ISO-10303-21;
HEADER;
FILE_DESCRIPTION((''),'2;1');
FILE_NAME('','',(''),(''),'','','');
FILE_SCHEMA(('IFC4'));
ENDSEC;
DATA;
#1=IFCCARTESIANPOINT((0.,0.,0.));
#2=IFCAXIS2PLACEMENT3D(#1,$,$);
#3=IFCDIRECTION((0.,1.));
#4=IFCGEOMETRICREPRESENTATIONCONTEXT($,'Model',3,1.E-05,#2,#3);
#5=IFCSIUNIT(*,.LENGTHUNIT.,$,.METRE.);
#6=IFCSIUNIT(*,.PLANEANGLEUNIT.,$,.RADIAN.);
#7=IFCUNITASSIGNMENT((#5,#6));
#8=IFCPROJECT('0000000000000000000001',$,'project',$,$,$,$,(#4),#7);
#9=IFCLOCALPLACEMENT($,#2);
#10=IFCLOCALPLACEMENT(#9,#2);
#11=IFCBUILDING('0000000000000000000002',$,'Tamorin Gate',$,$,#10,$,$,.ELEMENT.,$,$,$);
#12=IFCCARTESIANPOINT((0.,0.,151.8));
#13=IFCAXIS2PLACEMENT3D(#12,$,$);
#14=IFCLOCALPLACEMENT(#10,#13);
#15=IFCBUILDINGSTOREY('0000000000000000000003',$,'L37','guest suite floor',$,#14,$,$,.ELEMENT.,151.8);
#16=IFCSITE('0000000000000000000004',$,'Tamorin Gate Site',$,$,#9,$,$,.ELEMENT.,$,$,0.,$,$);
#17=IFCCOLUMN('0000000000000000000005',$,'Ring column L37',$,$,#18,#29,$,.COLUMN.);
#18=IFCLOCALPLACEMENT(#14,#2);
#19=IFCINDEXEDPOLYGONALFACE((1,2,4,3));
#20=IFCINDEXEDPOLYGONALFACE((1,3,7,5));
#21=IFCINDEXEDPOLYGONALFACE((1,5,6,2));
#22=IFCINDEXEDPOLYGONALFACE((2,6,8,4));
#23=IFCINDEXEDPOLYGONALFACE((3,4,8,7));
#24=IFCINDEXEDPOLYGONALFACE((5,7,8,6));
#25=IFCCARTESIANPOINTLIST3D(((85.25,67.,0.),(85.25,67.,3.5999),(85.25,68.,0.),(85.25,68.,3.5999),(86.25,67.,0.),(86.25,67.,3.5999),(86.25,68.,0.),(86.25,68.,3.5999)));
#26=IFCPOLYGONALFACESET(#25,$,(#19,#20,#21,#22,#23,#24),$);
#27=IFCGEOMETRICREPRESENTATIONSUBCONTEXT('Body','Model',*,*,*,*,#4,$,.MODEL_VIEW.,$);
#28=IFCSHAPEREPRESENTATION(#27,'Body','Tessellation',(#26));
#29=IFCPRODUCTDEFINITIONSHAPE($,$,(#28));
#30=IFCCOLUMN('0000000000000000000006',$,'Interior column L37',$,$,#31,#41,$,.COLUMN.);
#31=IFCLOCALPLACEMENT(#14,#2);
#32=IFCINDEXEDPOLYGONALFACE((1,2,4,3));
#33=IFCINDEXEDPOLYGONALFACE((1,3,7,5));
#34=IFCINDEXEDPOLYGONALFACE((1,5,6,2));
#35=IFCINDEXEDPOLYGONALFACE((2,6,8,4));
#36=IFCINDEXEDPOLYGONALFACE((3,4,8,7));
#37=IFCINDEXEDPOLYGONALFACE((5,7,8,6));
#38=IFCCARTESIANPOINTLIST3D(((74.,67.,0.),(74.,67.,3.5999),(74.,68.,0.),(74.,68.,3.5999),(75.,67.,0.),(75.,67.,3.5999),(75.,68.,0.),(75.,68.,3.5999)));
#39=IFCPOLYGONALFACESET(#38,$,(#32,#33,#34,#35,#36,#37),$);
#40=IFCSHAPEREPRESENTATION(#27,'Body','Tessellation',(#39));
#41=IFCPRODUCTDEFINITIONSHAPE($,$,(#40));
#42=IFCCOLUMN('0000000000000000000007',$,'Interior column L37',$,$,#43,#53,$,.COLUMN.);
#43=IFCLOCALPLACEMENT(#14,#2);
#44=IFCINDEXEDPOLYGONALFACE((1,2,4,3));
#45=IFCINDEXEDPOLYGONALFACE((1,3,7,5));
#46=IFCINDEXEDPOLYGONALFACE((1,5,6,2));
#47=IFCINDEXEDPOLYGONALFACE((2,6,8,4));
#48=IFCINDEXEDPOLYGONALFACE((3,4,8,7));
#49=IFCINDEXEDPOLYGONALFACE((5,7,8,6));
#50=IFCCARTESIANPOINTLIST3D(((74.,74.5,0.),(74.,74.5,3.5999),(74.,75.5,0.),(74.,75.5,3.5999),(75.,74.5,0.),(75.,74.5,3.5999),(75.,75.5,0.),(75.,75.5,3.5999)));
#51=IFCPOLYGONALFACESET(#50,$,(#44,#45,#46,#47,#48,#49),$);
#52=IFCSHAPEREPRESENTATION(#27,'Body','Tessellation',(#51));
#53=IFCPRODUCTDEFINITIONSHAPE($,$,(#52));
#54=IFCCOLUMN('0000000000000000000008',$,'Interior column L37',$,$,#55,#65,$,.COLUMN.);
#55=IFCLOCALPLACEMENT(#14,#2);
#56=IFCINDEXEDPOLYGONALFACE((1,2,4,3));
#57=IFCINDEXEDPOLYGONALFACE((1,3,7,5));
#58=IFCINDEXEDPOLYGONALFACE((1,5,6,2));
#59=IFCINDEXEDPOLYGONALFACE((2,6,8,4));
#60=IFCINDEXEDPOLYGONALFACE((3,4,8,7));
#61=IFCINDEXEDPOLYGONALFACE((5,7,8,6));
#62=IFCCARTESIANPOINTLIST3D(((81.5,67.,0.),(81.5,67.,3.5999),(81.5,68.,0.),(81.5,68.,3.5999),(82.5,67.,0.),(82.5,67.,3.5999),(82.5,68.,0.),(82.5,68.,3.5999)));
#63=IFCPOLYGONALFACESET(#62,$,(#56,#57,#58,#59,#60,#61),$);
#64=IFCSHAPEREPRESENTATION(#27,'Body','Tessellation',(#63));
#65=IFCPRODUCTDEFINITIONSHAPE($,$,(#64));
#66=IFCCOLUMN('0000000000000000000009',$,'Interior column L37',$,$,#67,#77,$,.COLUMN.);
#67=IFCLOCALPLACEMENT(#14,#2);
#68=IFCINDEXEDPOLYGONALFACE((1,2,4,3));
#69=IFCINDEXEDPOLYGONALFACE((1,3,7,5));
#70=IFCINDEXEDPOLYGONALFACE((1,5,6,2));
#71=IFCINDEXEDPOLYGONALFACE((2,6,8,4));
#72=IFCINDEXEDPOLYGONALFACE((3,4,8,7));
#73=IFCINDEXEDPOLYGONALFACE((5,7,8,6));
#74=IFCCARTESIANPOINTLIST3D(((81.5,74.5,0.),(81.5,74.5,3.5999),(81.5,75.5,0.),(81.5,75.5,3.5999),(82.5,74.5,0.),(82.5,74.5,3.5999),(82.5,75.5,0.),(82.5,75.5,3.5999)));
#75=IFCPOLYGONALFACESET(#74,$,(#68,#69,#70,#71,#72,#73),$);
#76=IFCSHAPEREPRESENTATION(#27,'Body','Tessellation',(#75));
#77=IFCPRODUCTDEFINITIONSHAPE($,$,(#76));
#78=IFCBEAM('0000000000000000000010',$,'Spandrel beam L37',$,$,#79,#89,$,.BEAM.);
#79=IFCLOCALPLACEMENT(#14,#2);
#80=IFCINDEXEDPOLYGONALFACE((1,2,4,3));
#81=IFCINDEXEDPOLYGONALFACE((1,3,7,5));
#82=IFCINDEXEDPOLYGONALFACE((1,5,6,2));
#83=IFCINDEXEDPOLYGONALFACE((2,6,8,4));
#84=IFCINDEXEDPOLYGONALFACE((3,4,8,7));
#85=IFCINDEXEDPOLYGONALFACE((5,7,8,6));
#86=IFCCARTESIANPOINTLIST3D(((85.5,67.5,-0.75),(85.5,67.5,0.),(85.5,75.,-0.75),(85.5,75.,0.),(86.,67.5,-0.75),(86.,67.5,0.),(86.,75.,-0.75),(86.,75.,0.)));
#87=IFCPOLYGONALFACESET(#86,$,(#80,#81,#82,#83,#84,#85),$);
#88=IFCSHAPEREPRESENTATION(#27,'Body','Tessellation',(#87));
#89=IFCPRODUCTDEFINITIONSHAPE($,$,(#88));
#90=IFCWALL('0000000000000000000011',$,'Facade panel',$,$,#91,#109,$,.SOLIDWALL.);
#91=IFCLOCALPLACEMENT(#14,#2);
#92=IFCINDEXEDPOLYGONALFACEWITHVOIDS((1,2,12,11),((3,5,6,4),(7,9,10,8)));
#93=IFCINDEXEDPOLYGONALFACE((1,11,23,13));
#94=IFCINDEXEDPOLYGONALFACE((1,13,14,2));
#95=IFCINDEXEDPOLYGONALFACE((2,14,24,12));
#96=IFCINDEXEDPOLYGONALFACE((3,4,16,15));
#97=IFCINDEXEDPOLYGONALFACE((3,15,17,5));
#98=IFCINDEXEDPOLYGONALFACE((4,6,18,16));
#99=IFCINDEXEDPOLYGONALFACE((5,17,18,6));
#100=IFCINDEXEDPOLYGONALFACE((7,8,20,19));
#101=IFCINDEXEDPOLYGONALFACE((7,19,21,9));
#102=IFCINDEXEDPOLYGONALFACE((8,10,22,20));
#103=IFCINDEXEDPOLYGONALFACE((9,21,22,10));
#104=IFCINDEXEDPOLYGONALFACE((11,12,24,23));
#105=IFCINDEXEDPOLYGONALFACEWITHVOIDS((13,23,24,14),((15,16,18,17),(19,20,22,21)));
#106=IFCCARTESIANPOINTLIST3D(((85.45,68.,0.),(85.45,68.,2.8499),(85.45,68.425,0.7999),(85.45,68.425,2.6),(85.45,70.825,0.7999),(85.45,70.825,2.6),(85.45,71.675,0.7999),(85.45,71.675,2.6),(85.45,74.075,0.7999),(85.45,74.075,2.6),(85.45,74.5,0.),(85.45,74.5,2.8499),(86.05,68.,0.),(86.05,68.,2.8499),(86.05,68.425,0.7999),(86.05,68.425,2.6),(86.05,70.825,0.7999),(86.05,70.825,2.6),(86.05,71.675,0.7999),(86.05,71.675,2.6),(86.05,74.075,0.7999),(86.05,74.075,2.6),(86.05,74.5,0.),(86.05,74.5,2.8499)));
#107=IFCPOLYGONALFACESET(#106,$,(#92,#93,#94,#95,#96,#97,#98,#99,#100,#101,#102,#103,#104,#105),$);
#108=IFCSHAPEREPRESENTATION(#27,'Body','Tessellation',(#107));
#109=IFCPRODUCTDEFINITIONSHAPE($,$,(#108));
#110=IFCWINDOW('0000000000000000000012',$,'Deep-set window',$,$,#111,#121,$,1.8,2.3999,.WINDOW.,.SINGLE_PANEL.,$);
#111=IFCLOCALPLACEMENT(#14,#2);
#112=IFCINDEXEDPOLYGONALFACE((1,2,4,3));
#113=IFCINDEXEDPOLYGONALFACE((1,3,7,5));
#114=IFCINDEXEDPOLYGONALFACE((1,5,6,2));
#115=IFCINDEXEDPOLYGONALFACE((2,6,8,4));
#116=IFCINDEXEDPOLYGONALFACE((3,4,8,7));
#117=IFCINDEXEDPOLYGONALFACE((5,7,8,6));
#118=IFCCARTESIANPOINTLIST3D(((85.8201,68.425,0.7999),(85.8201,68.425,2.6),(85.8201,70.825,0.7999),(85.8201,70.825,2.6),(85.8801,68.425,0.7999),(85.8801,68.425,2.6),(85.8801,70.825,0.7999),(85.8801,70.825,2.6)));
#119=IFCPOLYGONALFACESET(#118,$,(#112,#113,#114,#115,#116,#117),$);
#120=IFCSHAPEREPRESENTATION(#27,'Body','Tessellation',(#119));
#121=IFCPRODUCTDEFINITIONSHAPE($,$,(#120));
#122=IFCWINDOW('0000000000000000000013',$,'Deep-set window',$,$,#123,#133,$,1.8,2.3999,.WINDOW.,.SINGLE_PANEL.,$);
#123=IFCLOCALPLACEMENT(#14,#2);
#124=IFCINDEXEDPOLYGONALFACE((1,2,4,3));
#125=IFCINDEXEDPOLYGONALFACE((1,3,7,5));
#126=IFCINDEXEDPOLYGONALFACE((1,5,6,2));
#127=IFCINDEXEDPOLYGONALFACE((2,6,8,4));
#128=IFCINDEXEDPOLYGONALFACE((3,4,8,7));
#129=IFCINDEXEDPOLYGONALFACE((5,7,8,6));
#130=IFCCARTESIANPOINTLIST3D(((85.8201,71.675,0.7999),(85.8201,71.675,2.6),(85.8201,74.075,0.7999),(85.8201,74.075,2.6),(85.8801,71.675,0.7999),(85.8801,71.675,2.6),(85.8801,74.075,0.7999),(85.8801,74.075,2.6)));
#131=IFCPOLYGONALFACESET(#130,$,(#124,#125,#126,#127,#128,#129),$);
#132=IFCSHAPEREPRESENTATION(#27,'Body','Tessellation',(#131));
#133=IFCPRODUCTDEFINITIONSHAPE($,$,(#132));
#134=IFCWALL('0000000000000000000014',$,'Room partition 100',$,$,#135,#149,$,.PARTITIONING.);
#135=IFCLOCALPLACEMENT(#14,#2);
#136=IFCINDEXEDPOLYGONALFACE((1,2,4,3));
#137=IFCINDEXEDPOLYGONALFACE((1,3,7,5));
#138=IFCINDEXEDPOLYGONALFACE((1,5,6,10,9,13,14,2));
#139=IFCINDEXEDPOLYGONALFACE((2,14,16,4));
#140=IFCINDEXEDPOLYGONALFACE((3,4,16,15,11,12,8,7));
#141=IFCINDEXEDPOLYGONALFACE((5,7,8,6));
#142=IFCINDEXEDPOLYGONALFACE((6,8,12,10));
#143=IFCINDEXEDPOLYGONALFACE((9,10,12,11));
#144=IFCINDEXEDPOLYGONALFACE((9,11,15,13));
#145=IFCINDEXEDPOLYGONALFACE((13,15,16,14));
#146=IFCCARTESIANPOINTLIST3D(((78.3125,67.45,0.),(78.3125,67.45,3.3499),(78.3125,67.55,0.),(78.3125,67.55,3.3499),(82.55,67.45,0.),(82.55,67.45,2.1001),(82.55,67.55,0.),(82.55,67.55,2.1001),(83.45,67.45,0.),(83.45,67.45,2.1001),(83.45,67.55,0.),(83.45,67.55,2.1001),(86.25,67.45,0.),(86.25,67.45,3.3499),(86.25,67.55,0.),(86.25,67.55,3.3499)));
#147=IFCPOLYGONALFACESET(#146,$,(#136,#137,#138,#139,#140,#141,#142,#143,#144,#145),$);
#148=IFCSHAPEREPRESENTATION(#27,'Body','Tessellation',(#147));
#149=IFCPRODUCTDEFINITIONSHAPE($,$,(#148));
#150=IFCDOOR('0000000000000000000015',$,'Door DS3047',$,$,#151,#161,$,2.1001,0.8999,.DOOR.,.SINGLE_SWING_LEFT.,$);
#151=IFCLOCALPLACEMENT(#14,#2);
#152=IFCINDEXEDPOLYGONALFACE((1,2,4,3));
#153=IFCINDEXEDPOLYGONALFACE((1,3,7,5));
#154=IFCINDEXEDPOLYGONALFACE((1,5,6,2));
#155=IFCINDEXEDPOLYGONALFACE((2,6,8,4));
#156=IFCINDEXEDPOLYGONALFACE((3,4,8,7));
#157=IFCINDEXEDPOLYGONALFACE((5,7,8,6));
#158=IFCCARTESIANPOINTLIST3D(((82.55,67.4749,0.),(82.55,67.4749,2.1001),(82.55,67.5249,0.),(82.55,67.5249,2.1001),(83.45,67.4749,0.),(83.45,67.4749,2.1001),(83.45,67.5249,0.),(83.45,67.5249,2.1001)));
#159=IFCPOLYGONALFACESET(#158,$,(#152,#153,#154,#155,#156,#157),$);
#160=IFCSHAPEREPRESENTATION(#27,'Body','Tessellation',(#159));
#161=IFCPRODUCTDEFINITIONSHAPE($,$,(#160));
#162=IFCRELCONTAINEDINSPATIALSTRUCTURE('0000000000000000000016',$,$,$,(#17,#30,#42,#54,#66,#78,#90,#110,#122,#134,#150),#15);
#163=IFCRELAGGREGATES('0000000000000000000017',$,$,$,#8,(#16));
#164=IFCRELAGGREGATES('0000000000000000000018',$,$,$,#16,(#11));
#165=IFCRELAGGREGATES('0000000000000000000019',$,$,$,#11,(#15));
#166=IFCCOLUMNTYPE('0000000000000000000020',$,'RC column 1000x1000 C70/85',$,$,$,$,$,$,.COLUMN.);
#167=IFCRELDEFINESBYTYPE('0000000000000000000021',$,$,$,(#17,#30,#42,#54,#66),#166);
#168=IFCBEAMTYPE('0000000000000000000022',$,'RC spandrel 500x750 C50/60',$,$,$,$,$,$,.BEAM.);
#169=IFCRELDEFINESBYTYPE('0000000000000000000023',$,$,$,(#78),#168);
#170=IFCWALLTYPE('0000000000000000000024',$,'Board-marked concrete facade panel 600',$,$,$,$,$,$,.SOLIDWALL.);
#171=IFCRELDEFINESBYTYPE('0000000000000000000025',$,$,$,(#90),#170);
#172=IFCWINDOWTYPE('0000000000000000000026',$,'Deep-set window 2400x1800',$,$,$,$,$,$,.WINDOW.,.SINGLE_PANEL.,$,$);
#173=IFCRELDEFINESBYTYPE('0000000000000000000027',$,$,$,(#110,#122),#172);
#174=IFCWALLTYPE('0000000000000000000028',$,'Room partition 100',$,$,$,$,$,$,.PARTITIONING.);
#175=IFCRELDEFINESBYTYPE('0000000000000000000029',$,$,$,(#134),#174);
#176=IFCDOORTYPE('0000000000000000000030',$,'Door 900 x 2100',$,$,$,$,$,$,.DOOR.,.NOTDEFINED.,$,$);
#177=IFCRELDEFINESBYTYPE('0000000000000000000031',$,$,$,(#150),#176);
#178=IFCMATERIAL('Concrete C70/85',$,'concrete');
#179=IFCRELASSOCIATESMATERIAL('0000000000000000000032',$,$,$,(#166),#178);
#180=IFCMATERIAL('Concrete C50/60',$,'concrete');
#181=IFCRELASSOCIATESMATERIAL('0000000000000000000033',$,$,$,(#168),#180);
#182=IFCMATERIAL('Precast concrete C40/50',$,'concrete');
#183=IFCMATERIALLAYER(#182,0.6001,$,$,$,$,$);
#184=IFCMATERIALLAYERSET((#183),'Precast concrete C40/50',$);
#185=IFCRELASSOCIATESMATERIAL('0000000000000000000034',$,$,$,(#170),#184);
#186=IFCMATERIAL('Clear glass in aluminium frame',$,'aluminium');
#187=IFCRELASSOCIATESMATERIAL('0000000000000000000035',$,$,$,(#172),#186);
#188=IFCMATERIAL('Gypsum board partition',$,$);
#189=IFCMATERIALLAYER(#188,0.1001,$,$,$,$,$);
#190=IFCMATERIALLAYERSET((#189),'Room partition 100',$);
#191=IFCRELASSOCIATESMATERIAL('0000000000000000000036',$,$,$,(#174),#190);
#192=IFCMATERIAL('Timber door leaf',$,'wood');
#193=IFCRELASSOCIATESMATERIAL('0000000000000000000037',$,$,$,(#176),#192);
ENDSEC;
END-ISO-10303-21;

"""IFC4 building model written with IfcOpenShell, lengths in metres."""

from ifc_helpers import new_model, si_unit, direction, frame, frame_2d, origin, origin_2d, place, context, subcontext, project, spatial, rectangle, extrude, material, layer, layer_set, material_profile, profile_set, type_object, element, fill, save


model = new_model("IFC4")

# Units and contexts
model_context = context("Model", 3, precision=1e-05, world=origin(), true_north=direction((0.0, 1.0)))
body_context = subcontext(model_context, "Body", "Model", "MODEL_VIEW")
ifc_project = project(units=[si_unit("LENGTHUNIT", "METRE"), si_unit("PLANEANGLEUNIT", "RADIAN")], contexts=[model_context])

# Site, building, storey
site_placement = place(None, origin())
site = spatial("IfcSite", under=ifc_project, at=site_placement, Name="Tamorin Gate Site", CompositionType="ELEMENT", RefElevation=0.0)
building_placement = place(site_placement, origin())
building = spatial("IfcBuilding", under=site, at=building_placement, Name="Tamorin Gate", CompositionType="ELEMENT")
storey_placement = place(building_placement, frame((0.0, 0.0, 151.8)))
storey = spatial("IfcBuildingStorey", under=building, at=storey_placement, Name="L37", Description="guest suite floor", CompositionType="ELEMENT", Elevation=151.8)

# Columns
ifc_material_1 = material(Name="Concrete C70/85", Category="concrete")
ifc_material_profile_1 = material_profile(ifc_material_1, rectangle(XDim=1.0, YDim=1.0, at=origin_2d()), Name="RC 1000x1000")
ifc_profile_set_1 = profile_set([ifc_material_profile_1], Name="Concrete C70/85")
column_type = type_object("IfcColumnType", Name="RC column 1000x1000 C70/85", PredefinedType="COLUMN", material=ifc_profile_set_1)
for number, where, z_axis, x_axis, name in (
    (1, (85.75, 67.5, 0.0), (0.0, 0.0, 1.0), (1.0, 0.0, 0.0), "Ring column L37"),
    (2, (74.5, 67.5, 0.0), (0.0, 0.0, 1.0), (1.0, 0.0, 0.0), "Interior column L37"),
    (3, (74.5, 75.0, 0.0), (0.0, 0.0, 1.0), (1.0, 0.0, 0.0), "Interior column L37"),
    (4, (82.0, 67.5, 0.0), (0.0, 0.0, 1.0), (1.0, 0.0, 0.0), "Interior column L37"),
    (5, (82.0, 75.0, 0.0), (0.0, 0.0, 1.0), (1.0, 0.0, 0.0), "Interior column L37"),
):
    element("IfcColumn", number, at=place(storey_placement, frame(where, z_axis=z_axis, x_axis=x_axis)), inside=storey, type_object=column_type, Name=name, PredefinedType="COLUMN", context=body_context, shape_type="SweptSolid", body=[
        extrude(rectangle(XDim=1.0, YDim=1.0, at=origin_2d()), origin(), (0.0, 0.0, 1.0), 3.5999),
    ])

# Beam
ifc_material_2 = material(Name="Concrete C50/60", Category="concrete")
ifc_material_profile_2 = material_profile(ifc_material_2, rectangle(XDim=0.5, YDim=0.75, at=origin_2d()), Name="RC 500x750")
ifc_profile_set_2 = profile_set([ifc_material_profile_2], Name="Concrete C50/60")
beam_type = type_object("IfcBeamType", Name="RC spandrel 500x750 C50/60", PredefinedType="BEAM", material=ifc_profile_set_2)
beam_placement = place(storey_placement, frame((85.75, 67.5, -0.375), z_axis=(0.0, 1.0, 0.0), x_axis=(-1.0, 0.0, 0.0)))
element("IfcBeam", 6, at=beam_placement, inside=storey, type_object=beam_type, Name="Spandrel beam L37", PredefinedType="BEAM", context=body_context, shape_type="SweptSolid", body=[
    extrude(rectangle(XDim=0.5, YDim=0.75, at=origin_2d()), origin(), (0.0, 0.0, 1.0), 7.5),
])

# Wall, openings, windows
ifc_material_3 = material(Name="Precast concrete C40/50", Category="concrete")
ifc_layer_1 = layer(ifc_material_3, 0.6001)
ifc_layer_set_1 = layer_set([ifc_layer_1], Name="Precast concrete C40/50")
wall_type_1 = type_object("IfcWallType", Name="Board-marked concrete facade panel 600", PredefinedType="SOLIDWALL", material=ifc_layer_set_1)
wall_1_placement = place(storey_placement, frame((85.75, 68.0, 0.0), z_axis=(0.0, 0.0, 1.0), x_axis=(0.0, 1.0, 0.0)))
wall_1 = element("IfcWall", 7, at=wall_1_placement, inside=storey, type_object=wall_type_1, Name="Facade panel", PredefinedType="SOLIDWALL", context=body_context, shape_type="SweptSolid", body=[
    extrude(rectangle(XDim=6.5, YDim=0.6001, at=frame_2d((3.25, 0.0))), origin(), (0.0, 0.0, 1.0), 2.8499),
])
opening_1_placement = place(wall_1_placement, frame((0.425, 0.0, 0.8)))
opening_1 = element("IfcOpeningElement", 8, at=opening_1_placement, cuts=wall_1, PredefinedType="OPENING", context=body_context, shape_type="SweptSolid", body=[
    extrude(rectangle(XDim=2.3999, YDim=1.8, at=frame_2d((1.2, 0.8999))), frame((0.0, 0.3101, 0.0), z_axis=(0.0, -1.0, 0.0), x_axis=(1.0, 0.0, 0.0)), (0.0, 0.0, 1.0), 0.6201),
])
opening_2_placement = place(wall_1_placement, frame((3.675, 0.0, 0.8)))
opening_2 = element("IfcOpeningElement", 9, at=opening_2_placement, cuts=wall_1, PredefinedType="OPENING", context=body_context, shape_type="SweptSolid", body=[
    extrude(rectangle(XDim=2.3999, YDim=1.8, at=frame_2d((1.2, 0.8999))), frame((0.0, 0.3101, 0.0), z_axis=(0.0, -1.0, 0.0), x_axis=(1.0, 0.0, 0.0)), (0.0, 0.0, 1.0), 0.6201),
])
ifc_material_4 = material(Name="Clear glass in aluminium frame", Category="aluminium")
window_type = type_object("IfcWindowType", Name="Deep-set window 2400x1800", PartitioningType="SINGLE_PANEL", PredefinedType="WINDOW", material=ifc_material_4)
window_1_placement = place(opening_1_placement, origin())
window_1 = element("IfcWindow", 10, at=window_1_placement, inside=storey, type_object=window_type, Name="Deep-set window", OverallHeight=1.8, OverallWidth=2.3999, PartitioningType="SINGLE_PANEL", PredefinedType="WINDOW", context=body_context, shape_type="SweptSolid", body=[
    extrude(rectangle(XDim=2.3999, YDim=1.8, at=frame_2d((1.2, 0.8999))), frame((0.0, -0.0701, 0.0), z_axis=(0.0, -1.0, 0.0), x_axis=(1.0, 0.0, 0.0)), (0.0, 0.0, 1.0), 0.0601),
])
fill(opening_1, window_1)
window_2_placement = place(opening_2_placement, origin())
window_2 = element("IfcWindow", 11, at=window_2_placement, inside=storey, type_object=window_type, Name="Deep-set window", OverallHeight=1.8, OverallWidth=2.3999, PartitioningType="SINGLE_PANEL", PredefinedType="WINDOW", context=body_context, shape_type="SweptSolid", body=[
    extrude(rectangle(XDim=2.3999, YDim=1.8, at=frame_2d((1.2, 0.8999))), frame((0.0, -0.0701, 0.0), z_axis=(0.0, -1.0, 0.0), x_axis=(1.0, 0.0, 0.0)), (0.0, 0.0, 1.0), 0.0601),
])
fill(opening_2, window_2)

# Wall, opening, door
ifc_material_5 = material(Name="Gypsum board partition")
ifc_layer_2 = layer(ifc_material_5, 0.1001)
ifc_layer_set_2 = layer_set([ifc_layer_2], Name="Room partition 100")
wall_type_2 = type_object("IfcWallType", Name="Room partition 100", PredefinedType="PARTITIONING", material=ifc_layer_set_2)
wall_2_placement = place(storey_placement, frame((78.3125, 67.5, 0.0), z_axis=(0.0, 0.0, 1.0), x_axis=(1.0, 0.0, 0.0)))
wall_2 = element("IfcWall", 12, at=wall_2_placement, inside=storey, type_object=wall_type_2, Name="Room partition 100", PredefinedType="PARTITIONING", context=body_context, shape_type="SweptSolid", body=[
    extrude(rectangle(XDim=7.9375, YDim=0.1001, at=frame_2d((3.9688, 0.0))), origin(), (0.0, 0.0, 1.0), 3.3499),
])
opening_3_placement = place(wall_2_placement, frame((4.2375, 0.0, 0.0)))
opening_3 = element("IfcOpeningElement", 13, at=opening_3_placement, cuts=wall_2, PredefinedType="OPENING", context=body_context, shape_type="SweptSolid", body=[
    extrude(rectangle(XDim=0.8999, YDim=2.1001, at=frame_2d((0.45, 1.05))), frame((0.0, 0.0601, 0.0), z_axis=(0.0, -1.0, 0.0), x_axis=(1.0, 0.0, 0.0)), (0.0, 0.0, 1.0), 0.1201),
])
ifc_material_6 = material(Name="Timber door leaf", Category="wood")
door_type = type_object("IfcDoorType", Name="Door 900 x 2100", OperationType="NOTDEFINED", PredefinedType="DOOR", material=ifc_material_6)
door_1_placement = place(opening_3_placement, origin())
door_1 = element("IfcDoor", 14, at=door_1_placement, inside=storey, type_object=door_type, Name="Door DS3047", OperationType="SINGLE_SWING_LEFT", OverallHeight=2.1001, OverallWidth=0.8999, PredefinedType="DOOR", context=body_context, shape_type="SweptSolid", body=[
    extrude(rectangle(XDim=0.8999, YDim=2.1001, at=frame_2d((0.45, 1.05))), frame((0.0, 0.0249, 0.0), z_axis=(0.0, -1.0, 0.0), x_axis=(1.0, 0.0, 0.0)), (0.0, 0.0, 1.0), 0.05),
])
fill(opening_3, door_1)

save(model, "model.ifc")
